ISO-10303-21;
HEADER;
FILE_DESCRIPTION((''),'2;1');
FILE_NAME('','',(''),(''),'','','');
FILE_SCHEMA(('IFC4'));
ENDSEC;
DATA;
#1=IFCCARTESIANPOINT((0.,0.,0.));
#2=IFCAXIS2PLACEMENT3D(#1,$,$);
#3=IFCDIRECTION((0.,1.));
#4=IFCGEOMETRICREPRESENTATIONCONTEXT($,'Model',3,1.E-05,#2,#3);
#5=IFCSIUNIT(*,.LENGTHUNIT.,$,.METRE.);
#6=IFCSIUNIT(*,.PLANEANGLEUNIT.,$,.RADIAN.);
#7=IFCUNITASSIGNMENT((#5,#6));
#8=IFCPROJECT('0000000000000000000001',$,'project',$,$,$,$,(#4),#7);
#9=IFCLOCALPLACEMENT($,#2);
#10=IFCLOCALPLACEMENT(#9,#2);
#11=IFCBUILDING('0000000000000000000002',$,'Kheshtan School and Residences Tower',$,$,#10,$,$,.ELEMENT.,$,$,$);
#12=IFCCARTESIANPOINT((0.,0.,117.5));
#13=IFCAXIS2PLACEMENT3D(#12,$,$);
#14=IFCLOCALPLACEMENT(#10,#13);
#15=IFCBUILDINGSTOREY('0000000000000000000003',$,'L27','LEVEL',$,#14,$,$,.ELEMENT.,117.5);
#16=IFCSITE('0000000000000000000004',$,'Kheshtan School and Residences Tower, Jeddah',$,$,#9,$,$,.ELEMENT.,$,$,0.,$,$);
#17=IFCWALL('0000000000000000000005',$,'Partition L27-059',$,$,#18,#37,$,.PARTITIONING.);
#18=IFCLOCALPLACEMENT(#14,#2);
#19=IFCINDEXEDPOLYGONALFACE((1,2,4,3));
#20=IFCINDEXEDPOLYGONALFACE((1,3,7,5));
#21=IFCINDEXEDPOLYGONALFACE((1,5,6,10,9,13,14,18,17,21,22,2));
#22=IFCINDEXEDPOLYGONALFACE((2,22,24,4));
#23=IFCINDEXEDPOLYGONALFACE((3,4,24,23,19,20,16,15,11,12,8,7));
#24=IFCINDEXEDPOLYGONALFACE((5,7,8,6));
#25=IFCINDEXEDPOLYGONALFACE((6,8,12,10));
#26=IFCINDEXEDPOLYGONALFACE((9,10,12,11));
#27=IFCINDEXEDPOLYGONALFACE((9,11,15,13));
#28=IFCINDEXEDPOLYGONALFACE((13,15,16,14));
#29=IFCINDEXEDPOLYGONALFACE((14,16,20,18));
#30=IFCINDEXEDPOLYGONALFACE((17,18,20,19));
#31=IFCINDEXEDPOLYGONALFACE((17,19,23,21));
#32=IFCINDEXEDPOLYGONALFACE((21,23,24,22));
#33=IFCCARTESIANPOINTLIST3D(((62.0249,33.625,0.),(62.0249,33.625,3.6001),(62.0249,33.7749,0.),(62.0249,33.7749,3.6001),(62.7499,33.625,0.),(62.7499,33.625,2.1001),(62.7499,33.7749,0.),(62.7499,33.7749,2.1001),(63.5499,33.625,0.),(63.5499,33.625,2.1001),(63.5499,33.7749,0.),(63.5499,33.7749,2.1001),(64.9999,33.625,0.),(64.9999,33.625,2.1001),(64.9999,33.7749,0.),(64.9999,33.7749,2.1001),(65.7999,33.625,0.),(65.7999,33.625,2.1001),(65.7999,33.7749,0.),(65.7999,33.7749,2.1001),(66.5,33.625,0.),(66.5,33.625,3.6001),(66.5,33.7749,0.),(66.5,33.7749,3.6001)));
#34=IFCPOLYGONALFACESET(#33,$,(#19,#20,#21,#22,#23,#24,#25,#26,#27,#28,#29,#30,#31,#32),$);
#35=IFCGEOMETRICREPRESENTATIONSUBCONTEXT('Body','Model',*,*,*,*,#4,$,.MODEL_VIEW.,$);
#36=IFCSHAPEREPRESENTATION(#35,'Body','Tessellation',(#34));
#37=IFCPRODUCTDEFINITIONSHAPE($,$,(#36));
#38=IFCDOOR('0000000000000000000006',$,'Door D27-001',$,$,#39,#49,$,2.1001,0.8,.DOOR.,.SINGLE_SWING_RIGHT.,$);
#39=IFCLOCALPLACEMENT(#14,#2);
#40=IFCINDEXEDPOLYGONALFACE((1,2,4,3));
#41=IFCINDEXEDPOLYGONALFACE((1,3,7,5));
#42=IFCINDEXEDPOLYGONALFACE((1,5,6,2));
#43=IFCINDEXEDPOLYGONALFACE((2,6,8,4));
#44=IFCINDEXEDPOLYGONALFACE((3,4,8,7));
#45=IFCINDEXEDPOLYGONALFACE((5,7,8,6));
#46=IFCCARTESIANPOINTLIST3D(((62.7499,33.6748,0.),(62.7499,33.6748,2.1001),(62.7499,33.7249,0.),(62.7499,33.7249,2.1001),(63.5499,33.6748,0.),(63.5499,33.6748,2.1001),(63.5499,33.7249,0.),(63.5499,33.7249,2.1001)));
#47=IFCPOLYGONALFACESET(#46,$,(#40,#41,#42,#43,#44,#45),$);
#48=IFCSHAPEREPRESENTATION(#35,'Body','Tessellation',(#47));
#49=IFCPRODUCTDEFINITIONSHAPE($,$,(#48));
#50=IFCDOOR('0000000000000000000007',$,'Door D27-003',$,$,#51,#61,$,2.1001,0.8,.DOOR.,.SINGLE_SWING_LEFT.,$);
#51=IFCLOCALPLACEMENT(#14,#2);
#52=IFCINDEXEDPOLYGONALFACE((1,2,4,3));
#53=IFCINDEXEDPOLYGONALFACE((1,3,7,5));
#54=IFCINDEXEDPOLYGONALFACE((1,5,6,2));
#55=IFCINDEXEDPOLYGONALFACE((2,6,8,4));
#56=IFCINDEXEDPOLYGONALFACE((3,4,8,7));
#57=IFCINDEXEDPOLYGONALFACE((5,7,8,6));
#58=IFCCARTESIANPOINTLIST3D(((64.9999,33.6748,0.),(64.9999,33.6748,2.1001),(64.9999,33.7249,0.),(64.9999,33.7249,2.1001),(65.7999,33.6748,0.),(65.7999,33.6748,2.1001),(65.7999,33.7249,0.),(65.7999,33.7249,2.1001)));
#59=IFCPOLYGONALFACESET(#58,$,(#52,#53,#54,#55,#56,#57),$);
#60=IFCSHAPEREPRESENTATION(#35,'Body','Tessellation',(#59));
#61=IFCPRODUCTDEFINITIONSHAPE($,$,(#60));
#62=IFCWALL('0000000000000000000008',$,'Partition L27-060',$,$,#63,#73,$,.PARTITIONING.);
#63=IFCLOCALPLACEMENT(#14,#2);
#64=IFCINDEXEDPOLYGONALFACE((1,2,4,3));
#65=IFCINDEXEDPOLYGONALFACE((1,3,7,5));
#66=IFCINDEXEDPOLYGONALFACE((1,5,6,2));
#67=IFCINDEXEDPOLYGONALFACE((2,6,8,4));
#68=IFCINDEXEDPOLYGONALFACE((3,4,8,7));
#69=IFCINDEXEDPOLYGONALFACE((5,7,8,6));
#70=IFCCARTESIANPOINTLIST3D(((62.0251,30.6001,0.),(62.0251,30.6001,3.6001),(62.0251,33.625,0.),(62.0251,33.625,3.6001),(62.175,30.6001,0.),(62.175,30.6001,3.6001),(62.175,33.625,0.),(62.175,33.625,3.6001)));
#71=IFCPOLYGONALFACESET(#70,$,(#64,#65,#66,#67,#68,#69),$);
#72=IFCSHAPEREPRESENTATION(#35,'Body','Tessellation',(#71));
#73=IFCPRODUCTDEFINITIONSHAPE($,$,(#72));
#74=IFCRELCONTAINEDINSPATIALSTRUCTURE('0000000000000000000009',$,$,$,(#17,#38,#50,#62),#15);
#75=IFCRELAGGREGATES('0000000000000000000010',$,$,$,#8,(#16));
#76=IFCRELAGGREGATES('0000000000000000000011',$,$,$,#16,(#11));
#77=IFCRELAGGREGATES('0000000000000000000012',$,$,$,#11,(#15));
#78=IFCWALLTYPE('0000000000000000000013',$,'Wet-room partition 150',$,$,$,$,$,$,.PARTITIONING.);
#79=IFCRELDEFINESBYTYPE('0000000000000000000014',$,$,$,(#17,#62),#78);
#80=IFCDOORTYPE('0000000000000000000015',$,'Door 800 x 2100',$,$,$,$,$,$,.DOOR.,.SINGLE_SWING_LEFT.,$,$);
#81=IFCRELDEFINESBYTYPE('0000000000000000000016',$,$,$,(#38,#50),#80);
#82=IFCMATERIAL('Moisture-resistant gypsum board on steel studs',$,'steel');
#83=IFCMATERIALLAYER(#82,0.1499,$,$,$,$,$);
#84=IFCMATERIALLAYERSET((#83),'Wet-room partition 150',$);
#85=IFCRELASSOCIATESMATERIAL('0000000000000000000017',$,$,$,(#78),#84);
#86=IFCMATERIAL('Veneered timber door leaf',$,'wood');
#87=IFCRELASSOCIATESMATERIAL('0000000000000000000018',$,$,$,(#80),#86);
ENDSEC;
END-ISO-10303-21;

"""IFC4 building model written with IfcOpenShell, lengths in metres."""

from ifc_helpers import new_model, si_unit, direction, frame, frame_2d, origin, place, context, subcontext, project, spatial, rectangle, extrude, source, transform, mapped, material, layer, layer_set, type_object, element, fill, save


model = new_model("IFC4")

# Units and contexts
model_context = context("Model", 3, precision=1e-05, world=origin(), true_north=direction((0.0, 1.0)))
body_context = subcontext(model_context, "Body", "Model", "MODEL_VIEW")
ifc_project = project(units=[si_unit("LENGTHUNIT", "METRE"), si_unit("PLANEANGLEUNIT", "RADIAN")], contexts=[model_context])

# Site, building, storey
site_placement = place(None, origin())
site = spatial("IfcSite", under=ifc_project, at=site_placement, Name="Kheshtan School and Residences Tower, Jeddah", CompositionType="ELEMENT", RefElevation=0.0)
building_placement = place(site_placement, origin())
building = spatial("IfcBuilding", under=site, at=building_placement, Name="Kheshtan School and Residences Tower", CompositionType="ELEMENT")
storey_placement = place(building_placement, frame((0.0, 0.0, 117.5)))
storey = spatial("IfcBuildingStorey", under=building, at=storey_placement, Name="L27", Description="LEVEL", CompositionType="ELEMENT", Elevation=117.5)

# Shared definitions
ifc_material_1 = material(Name="Moisture-resistant gypsum board on steel studs", Category="steel")
ifc_layer_1 = layer(ifc_material_1, 0.1499)
ifc_layer_set_1 = layer_set([ifc_layer_1], Name="Wet-room partition 150")
wall_type_1 = type_object("IfcWallType", Name="Wet-room partition 150", PredefinedType="PARTITIONING", material=ifc_layer_set_1)
ifc_material_2 = material(Name="Veneered timber door leaf", Category="wood")
door_type_1 = type_object("IfcDoorType", Name="Door 800 x 2100", OperationType="SINGLE_SWING_LEFT", PredefinedType="DOOR", material=ifc_material_2)
shared_shape_1 = source(origin(), body_context, "Body", "SweptSolid", [
    extrude(rectangle(XDim=0.8, YDim=2.1001, at=frame_2d((0.3999, 1.05))), frame((0.0, 0.0249, 0.0), z_axis=(0.0, -1.0, 0.0), x_axis=(1.0, 0.0, 0.0)), (0.0, 0.0, 1.0), 0.05),
])

# Wall, openings, doors
wall_1_placement = place(storey_placement, frame((62.0249, 33.7, 0.0), z_axis=(0.0, 0.0, 1.0), x_axis=(1.0, 0.0, 0.0)))
wall_1 = element("IfcWall", 1, at=wall_1_placement, inside=storey, type_object=wall_type_1, Name="Partition L27-059", PredefinedType="PARTITIONING", context=body_context, shape_type="SweptSolid", body=[
    extrude(rectangle(XDim=4.4751, YDim=0.1499, at=frame_2d((2.2375, 0.0))), origin(), (0.0, 0.0, 1.0), 3.6001),
])
opening_1_placement = place(wall_1_placement, frame((0.7251, 0.0, 0.0)))
opening_1 = element("IfcOpeningElement", 2, at=opening_1_placement, cuts=wall_1, PredefinedType="OPENING", context=body_context, shape_type="SweptSolid", body=[
    extrude(rectangle(XDim=0.8, YDim=2.1001, at=frame_2d((0.3999, 1.05))), frame((0.0, 0.085, 0.0), z_axis=(0.0, -1.0, 0.0), x_axis=(1.0, 0.0, 0.0)), (0.0, 0.0, 1.0), 0.1699),
])
opening_2_placement = place(wall_1_placement, frame((2.9751, 0.0, 0.0)))
opening_2 = element("IfcOpeningElement", 3, at=opening_2_placement, cuts=wall_1, PredefinedType="OPENING", context=body_context, shape_type="SweptSolid", body=[
    extrude(rectangle(XDim=0.8, YDim=2.1001, at=frame_2d((0.3999, 1.05))), frame((0.0, 0.085, 0.0), z_axis=(0.0, -1.0, 0.0), x_axis=(1.0, 0.0, 0.0)), (0.0, 0.0, 1.0), 0.1699),
])
door_1_placement = place(opening_1_placement, origin())
door_1 = element("IfcDoor", 4, at=door_1_placement, inside=storey, type_object=door_type_1, Name="Door D27-001", OperationType="SINGLE_SWING_RIGHT", OverallHeight=2.1001, OverallWidth=0.8, PredefinedType="DOOR", context=body_context, shape_type="MappedRepresentation", body=[
    mapped(shared_shape_1, transform((0.0, 0.0, 0.0), x_axis=(1.0, 0.0, 0.0), y_axis=(0.0, 1.0, 0.0), z_axis=(0.0, 0.0, 1.0), scale=1.0)),
])
fill(opening_1, door_1)
door_2_placement = place(opening_2_placement, origin())
door_2 = element("IfcDoor", 5, at=door_2_placement, inside=storey, type_object=door_type_1, Name="Door D27-003", OperationType="SINGLE_SWING_LEFT", OverallHeight=2.1001, OverallWidth=0.8, PredefinedType="DOOR", context=body_context, shape_type="MappedRepresentation", body=[
    mapped(shared_shape_1, transform((0.0, 0.0, 0.0), x_axis=(1.0, 0.0, 0.0), y_axis=(0.0, 1.0, 0.0), z_axis=(0.0, 0.0, 1.0), scale=1.0)),
])
fill(opening_2, door_2)

# Wall
wall_2_placement = place(storey_placement, frame((62.1001, 30.6001, 0.0), z_axis=(0.0, 0.0, 1.0), x_axis=(0.0, 1.0, 0.0)))
element("IfcWall", 6, at=wall_2_placement, inside=storey, type_object=wall_type_1, Name="Partition L27-060", PredefinedType="PARTITIONING", context=body_context, shape_type="SweptSolid", body=[
    extrude(rectangle(XDim=3.0249, YDim=0.1499, at=frame_2d((1.5125, 0.0))), origin(), (0.0, 0.0, 1.0), 3.6001),
])

save(model, "model.ifc")
